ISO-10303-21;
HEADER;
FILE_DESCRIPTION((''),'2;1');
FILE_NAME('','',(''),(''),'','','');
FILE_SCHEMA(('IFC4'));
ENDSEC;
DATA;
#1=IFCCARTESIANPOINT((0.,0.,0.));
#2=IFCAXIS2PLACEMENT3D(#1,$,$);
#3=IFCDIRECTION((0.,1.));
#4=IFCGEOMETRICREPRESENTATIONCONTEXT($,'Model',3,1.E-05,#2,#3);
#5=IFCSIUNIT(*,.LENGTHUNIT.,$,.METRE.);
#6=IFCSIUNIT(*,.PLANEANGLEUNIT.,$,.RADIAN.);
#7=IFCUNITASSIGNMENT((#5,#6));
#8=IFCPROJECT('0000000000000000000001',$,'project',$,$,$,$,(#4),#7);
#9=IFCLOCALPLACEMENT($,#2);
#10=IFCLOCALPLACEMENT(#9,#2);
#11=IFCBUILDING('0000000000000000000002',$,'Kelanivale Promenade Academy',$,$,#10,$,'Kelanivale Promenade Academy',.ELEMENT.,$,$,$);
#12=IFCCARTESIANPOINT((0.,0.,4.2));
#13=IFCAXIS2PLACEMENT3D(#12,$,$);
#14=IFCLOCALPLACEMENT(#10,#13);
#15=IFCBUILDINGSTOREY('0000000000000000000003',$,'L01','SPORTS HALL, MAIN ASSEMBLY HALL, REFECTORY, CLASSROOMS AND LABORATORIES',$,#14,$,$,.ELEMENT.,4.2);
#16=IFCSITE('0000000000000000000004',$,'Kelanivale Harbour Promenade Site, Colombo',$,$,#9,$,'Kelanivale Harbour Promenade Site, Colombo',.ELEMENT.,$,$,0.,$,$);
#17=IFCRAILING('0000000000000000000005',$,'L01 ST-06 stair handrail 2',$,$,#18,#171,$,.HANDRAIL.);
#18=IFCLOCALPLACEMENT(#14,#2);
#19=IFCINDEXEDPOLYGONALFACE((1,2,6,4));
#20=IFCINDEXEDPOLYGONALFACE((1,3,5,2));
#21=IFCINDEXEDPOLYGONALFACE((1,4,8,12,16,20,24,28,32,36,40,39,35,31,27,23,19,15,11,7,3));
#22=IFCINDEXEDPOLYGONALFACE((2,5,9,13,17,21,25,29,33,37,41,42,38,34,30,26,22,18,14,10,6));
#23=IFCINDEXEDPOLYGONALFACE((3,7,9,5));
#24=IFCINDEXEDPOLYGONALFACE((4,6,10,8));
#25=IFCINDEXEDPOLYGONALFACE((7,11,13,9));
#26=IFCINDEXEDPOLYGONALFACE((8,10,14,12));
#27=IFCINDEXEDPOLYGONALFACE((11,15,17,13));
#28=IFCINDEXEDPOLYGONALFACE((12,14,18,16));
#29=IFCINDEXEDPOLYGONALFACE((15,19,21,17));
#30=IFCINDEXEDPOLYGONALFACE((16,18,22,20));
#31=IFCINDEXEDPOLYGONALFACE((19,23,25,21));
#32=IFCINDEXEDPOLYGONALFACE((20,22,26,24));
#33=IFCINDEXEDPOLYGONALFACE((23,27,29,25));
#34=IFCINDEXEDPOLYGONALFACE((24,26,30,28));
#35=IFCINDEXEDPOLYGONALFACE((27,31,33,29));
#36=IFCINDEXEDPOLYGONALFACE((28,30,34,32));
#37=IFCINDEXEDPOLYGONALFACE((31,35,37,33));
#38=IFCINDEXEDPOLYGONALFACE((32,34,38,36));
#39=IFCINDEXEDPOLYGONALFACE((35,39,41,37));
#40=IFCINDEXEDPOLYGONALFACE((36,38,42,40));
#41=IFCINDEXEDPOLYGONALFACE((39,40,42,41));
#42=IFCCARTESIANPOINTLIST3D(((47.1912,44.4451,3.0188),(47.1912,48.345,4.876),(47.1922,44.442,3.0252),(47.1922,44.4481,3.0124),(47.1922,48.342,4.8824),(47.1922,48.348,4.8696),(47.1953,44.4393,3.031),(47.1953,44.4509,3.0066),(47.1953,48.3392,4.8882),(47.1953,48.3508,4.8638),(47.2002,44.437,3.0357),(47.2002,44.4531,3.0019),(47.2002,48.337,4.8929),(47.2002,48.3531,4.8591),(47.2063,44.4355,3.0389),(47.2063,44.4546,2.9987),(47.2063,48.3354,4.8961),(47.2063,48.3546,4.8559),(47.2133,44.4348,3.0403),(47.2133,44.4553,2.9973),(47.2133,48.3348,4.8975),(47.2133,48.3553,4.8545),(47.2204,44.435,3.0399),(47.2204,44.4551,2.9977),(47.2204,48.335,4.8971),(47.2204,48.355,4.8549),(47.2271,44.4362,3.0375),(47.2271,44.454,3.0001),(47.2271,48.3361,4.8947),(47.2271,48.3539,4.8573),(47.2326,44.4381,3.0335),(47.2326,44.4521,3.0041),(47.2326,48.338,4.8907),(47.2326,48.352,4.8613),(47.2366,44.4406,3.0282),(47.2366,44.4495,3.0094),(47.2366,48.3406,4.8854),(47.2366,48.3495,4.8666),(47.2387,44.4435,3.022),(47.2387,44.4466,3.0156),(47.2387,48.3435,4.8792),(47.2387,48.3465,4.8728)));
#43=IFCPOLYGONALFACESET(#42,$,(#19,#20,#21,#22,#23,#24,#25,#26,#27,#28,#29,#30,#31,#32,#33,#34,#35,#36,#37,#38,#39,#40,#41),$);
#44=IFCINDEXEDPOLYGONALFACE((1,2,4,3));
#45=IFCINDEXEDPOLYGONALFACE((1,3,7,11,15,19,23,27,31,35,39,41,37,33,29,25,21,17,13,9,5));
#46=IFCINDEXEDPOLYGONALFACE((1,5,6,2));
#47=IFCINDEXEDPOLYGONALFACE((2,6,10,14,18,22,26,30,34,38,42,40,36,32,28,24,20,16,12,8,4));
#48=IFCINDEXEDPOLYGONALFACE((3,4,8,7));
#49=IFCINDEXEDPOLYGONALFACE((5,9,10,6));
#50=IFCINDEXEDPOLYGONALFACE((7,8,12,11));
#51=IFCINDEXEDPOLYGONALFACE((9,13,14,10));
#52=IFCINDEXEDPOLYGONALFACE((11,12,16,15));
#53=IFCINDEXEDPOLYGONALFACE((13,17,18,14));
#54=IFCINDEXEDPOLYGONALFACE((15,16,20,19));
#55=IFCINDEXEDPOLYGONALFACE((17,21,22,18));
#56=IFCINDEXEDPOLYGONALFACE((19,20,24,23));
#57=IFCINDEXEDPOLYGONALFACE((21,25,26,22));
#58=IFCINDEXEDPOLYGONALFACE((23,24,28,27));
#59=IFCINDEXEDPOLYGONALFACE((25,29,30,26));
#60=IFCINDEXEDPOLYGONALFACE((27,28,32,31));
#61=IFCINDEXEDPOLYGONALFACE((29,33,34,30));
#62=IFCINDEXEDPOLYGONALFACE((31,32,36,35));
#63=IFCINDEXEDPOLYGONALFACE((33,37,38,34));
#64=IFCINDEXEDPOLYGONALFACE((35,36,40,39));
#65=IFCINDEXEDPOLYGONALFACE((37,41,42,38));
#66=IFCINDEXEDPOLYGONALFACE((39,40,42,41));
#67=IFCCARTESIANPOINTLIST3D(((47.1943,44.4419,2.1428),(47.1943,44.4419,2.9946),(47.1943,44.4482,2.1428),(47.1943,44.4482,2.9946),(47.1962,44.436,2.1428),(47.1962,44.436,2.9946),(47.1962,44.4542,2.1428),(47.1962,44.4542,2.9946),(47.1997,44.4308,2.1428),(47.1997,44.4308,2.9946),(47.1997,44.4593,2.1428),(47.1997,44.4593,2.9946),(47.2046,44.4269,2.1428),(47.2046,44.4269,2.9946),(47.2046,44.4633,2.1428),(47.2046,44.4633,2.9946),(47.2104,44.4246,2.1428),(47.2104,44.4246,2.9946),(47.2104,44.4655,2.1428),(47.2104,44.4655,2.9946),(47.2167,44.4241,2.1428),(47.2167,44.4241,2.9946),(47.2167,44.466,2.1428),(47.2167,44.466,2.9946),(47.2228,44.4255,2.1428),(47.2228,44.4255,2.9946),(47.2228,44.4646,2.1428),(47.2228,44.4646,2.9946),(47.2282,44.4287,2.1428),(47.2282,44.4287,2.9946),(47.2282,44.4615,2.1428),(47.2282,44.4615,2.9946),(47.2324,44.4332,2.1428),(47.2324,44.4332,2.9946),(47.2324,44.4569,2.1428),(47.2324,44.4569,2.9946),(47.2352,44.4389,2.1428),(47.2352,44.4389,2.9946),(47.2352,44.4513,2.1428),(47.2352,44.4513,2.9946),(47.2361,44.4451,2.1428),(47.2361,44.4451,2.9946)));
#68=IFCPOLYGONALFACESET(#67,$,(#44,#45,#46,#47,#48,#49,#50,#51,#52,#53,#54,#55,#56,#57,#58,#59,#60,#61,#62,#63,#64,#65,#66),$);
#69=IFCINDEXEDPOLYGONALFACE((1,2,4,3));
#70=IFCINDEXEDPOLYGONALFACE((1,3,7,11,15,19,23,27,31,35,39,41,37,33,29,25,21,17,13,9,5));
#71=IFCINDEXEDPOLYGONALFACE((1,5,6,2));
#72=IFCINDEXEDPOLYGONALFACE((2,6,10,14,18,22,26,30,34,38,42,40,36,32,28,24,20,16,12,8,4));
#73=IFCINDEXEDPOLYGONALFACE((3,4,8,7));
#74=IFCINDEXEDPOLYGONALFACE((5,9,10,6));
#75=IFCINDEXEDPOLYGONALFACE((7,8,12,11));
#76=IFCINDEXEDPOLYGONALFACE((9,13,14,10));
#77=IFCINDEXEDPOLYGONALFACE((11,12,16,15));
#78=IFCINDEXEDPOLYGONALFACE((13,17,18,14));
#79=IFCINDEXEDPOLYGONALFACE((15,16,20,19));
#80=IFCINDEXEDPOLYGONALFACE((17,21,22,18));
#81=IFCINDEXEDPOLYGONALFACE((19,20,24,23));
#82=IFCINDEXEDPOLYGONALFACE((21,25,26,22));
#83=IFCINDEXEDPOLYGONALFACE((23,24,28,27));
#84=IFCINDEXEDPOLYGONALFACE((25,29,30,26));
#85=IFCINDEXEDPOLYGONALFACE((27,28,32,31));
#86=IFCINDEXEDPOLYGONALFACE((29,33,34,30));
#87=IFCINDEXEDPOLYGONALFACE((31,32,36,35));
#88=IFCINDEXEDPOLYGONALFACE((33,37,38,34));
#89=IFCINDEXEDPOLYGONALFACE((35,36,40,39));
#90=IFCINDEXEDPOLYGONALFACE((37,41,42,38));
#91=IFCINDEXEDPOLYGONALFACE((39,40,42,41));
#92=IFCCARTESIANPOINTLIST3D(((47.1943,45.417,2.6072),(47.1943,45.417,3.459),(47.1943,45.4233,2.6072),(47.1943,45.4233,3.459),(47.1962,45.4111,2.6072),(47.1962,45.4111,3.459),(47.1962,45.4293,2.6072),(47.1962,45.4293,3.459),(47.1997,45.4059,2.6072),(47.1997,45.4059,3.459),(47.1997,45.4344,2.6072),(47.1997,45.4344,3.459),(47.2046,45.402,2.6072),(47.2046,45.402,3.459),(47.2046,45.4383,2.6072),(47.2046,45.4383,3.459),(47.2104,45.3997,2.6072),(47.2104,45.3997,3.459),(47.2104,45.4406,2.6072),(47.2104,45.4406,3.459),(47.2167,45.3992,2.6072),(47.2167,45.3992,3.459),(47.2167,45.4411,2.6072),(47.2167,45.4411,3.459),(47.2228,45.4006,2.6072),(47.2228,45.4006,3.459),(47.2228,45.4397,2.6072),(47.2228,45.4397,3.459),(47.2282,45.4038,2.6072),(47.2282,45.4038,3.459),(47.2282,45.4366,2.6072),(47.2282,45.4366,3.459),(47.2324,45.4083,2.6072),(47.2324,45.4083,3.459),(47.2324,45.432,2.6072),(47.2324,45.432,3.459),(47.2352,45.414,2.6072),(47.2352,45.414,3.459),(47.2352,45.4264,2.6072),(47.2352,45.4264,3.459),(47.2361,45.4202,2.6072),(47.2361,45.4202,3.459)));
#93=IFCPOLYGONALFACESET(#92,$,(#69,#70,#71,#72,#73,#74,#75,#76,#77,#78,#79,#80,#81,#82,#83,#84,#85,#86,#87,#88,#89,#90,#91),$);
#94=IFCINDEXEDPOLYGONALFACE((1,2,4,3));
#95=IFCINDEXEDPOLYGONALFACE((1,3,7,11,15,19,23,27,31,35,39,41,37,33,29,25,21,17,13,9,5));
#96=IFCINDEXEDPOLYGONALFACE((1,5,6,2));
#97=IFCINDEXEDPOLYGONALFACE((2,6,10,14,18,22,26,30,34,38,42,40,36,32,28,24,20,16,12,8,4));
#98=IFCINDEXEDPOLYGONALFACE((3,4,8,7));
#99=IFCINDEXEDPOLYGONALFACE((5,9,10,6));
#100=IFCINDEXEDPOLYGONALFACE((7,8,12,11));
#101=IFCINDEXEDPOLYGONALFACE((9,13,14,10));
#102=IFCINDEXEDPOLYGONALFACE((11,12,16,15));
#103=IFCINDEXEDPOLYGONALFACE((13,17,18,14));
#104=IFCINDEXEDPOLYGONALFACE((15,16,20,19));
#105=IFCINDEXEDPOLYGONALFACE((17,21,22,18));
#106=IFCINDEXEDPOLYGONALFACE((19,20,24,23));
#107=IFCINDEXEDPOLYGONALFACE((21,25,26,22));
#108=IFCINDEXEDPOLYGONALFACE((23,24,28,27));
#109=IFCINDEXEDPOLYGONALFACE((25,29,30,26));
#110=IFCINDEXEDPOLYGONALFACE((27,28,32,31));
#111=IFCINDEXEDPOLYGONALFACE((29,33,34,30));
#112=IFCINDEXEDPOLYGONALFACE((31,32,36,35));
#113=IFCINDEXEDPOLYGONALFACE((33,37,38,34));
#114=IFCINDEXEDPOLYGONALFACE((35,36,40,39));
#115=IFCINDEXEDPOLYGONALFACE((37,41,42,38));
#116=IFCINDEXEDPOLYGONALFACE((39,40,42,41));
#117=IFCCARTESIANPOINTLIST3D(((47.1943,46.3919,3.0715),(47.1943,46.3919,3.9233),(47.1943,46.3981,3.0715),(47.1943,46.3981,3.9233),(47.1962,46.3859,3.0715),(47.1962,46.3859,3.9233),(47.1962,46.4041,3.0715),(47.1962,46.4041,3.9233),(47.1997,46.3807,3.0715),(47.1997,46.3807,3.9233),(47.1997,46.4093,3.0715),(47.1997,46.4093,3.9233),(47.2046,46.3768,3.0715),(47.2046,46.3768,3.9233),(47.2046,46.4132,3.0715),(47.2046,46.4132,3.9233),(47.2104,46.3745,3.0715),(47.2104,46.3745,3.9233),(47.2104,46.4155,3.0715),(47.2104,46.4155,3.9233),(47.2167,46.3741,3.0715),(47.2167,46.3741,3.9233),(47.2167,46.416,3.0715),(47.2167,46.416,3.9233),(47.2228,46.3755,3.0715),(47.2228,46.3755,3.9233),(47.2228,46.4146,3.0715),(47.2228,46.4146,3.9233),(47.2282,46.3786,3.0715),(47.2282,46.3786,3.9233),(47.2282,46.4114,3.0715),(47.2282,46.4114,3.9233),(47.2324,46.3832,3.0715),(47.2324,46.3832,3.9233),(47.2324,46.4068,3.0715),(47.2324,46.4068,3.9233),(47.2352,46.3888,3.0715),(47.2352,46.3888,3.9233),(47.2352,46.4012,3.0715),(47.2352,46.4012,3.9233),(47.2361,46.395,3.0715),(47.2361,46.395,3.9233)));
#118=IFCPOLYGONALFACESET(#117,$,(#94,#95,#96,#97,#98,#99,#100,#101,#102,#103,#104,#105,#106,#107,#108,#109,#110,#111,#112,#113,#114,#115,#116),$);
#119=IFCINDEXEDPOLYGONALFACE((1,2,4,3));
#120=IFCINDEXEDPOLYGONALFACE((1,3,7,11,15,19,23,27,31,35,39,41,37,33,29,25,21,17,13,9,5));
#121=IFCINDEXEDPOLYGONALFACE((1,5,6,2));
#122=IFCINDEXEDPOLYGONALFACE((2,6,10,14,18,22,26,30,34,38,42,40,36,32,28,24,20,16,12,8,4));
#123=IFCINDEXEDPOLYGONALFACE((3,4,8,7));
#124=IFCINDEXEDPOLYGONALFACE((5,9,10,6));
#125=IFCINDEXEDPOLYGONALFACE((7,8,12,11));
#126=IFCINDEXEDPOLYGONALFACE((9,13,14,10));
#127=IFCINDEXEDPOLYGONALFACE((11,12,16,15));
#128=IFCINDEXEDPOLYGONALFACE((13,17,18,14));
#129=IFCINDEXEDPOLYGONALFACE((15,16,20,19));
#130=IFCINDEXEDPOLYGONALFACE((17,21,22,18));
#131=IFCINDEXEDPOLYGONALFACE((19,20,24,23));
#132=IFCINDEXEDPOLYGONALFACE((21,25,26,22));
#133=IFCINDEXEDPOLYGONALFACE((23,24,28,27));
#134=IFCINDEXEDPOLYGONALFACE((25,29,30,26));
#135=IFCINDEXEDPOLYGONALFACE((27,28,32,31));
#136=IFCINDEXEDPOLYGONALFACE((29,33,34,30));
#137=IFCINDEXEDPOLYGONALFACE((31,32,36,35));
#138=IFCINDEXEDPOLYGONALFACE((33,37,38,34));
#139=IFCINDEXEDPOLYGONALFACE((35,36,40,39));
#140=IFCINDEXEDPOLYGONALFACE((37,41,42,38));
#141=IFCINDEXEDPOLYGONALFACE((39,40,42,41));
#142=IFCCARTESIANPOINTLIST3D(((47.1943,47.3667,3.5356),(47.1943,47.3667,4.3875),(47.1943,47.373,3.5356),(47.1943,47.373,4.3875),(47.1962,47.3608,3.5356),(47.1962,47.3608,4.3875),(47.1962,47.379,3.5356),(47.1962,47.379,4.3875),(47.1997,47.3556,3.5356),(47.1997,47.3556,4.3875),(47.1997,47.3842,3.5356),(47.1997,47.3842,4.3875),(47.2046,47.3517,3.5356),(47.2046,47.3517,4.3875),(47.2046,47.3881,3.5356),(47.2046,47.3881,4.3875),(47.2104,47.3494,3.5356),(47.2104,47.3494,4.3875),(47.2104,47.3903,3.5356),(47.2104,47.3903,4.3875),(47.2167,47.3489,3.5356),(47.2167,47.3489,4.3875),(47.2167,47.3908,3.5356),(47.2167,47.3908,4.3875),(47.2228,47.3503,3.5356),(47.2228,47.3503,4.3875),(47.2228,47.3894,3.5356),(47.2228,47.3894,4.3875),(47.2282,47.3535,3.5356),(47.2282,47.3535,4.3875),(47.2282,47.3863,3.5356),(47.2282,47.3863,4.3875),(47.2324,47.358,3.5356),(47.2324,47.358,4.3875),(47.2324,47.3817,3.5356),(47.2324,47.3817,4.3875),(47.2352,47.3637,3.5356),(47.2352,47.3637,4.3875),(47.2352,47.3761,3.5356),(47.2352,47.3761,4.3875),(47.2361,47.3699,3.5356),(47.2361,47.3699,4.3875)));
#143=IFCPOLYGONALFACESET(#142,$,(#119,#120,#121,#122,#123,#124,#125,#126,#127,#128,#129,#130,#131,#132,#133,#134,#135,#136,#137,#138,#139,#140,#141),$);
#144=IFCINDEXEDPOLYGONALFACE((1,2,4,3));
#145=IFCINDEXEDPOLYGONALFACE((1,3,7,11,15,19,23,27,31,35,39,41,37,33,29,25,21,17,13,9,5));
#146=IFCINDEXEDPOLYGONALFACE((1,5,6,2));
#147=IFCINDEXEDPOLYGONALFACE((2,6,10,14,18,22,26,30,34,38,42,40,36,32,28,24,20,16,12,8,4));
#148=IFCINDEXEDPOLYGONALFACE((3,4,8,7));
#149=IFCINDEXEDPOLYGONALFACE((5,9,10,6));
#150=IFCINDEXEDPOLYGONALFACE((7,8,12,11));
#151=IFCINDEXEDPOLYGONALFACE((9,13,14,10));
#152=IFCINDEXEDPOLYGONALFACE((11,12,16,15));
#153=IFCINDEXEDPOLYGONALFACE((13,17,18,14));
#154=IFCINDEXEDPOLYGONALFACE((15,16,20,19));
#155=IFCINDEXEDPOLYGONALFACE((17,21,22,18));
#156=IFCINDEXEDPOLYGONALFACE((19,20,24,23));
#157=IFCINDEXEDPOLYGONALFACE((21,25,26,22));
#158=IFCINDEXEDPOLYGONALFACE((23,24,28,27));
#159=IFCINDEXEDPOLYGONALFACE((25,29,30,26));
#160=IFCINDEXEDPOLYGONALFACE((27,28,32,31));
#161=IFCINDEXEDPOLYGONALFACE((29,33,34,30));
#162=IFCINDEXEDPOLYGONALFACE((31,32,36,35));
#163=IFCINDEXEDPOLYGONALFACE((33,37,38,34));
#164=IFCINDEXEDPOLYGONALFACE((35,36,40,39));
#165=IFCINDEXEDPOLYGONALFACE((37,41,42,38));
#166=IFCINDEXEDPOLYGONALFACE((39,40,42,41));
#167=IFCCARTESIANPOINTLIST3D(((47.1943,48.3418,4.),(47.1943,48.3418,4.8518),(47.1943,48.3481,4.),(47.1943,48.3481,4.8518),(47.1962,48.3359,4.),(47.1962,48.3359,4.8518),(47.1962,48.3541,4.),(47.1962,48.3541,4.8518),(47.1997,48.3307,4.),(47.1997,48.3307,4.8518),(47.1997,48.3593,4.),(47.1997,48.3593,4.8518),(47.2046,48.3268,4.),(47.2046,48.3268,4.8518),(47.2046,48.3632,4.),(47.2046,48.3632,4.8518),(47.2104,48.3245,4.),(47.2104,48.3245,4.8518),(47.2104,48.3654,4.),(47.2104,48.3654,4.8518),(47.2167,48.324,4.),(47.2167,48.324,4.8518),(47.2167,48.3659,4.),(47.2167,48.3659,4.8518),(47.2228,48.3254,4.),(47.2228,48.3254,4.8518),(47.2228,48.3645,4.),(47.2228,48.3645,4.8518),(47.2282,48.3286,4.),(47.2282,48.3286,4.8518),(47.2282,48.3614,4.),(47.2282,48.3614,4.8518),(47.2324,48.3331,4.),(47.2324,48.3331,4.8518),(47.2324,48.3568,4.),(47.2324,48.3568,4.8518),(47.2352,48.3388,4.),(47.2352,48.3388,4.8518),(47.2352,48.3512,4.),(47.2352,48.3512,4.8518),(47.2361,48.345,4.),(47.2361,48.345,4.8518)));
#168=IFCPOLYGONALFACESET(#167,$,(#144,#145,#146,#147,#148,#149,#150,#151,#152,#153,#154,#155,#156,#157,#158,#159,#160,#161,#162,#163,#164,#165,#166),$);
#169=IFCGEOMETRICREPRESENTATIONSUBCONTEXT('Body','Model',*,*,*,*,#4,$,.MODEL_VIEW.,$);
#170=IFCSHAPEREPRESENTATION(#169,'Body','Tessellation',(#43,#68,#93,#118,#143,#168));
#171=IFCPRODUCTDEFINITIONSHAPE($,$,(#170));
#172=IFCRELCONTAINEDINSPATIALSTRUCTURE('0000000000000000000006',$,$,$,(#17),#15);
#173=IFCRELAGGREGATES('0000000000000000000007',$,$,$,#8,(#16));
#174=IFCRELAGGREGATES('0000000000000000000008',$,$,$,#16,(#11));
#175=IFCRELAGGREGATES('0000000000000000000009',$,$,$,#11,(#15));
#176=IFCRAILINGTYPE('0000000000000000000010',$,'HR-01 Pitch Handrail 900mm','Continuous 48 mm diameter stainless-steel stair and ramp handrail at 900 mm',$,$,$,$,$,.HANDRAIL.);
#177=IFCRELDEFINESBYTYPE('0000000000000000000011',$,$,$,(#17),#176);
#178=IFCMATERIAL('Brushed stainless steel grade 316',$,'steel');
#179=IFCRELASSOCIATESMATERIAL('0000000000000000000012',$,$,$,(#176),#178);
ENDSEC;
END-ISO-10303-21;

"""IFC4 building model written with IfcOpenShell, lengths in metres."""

from ifc_helpers import new_model, si_unit, direction, frame, origin, origin_2d, place, context, subcontext, project, spatial, circle, extrude, material, type_object, element, save


model = new_model("IFC4")

# Units and contexts
model_context = context("Model", 3, precision=1e-05, world=origin(), true_north=direction((0.0, 1.0)))
body_context = subcontext(model_context, "Body", "Model", "MODEL_VIEW")
ifc_project = project(units=[si_unit("LENGTHUNIT", "METRE"), si_unit("PLANEANGLEUNIT", "RADIAN")], contexts=[model_context])

# Site, building, storey
site_placement = place(None, origin())
site = spatial("IfcSite", under=ifc_project, at=site_placement, Name="Kelanivale Harbour Promenade Site, Colombo", LongName="Kelanivale Harbour Promenade Site, Colombo", CompositionType="ELEMENT", RefElevation=0.0)
building_placement = place(site_placement, origin())
building = spatial("IfcBuilding", under=site, at=building_placement, Name="Kelanivale Promenade Academy", LongName="Kelanivale Promenade Academy", CompositionType="ELEMENT")
storey_placement = place(building_placement, frame((0.0, 0.0, 4.2)))
storey = spatial("IfcBuildingStorey", under=building, at=storey_placement, Name="L01", Description="SPORTS HALL, MAIN ASSEMBLY HALL, REFECTORY, CLASSROOMS AND LABORATORIES", CompositionType="ELEMENT", Elevation=4.2)

# Railing
ifc_material_1 = material(Name="Brushed stainless steel grade 316", Category="steel")
railing_type_1 = type_object("IfcRailingType", Name="HR-01 Pitch Handrail 900mm", Description="Continuous 48 mm diameter stainless-steel stair and ramp handrail at 900 mm", PredefinedType="HANDRAIL", material=ifc_material_1)
railing_1_placement = place(storey_placement, frame((47.2151, 44.4451, 2.1428)))
element("IfcRailing", 1, at=railing_1_placement, inside=storey, type_object=railing_type_1, Name="L01 ST-06 stair handrail 2", PredefinedType="HANDRAIL", context=body_context, shape_type="SweptSolid", body=[
    extrude(circle(Radius=0.0239, at=origin_2d()), frame((0.0, 0.0, 0.876), z_axis=(0.0, 0.902853, 0.429949), x_axis=(-1.0, 0.0, 0.0)), (0.0, 0.0, 1.0), 4.3196),
    extrude(circle(Radius=0.021, at=origin_2d()), origin(), (0.0, 0.0, 1.0), 0.8518),
    extrude(circle(Radius=0.021, at=origin_2d()), frame((0.0, 0.9751, 0.4644)), (0.0, 0.0, 1.0), 0.8518),
    extrude(circle(Radius=0.021, at=origin_2d()), frame((0.0, 1.95, 0.9287)), (0.0, 0.0, 1.0), 0.8518),
    extrude(circle(Radius=0.021, at=origin_2d()), frame((0.0, 2.9248, 1.3928)), (0.0, 0.0, 1.0), 0.8518),
    extrude(circle(Radius=0.021, at=origin_2d()), frame((0.0, 3.8999, 1.8572)), (0.0, 0.0, 1.0), 0.8518),
])

save(model, "model.ifc")
